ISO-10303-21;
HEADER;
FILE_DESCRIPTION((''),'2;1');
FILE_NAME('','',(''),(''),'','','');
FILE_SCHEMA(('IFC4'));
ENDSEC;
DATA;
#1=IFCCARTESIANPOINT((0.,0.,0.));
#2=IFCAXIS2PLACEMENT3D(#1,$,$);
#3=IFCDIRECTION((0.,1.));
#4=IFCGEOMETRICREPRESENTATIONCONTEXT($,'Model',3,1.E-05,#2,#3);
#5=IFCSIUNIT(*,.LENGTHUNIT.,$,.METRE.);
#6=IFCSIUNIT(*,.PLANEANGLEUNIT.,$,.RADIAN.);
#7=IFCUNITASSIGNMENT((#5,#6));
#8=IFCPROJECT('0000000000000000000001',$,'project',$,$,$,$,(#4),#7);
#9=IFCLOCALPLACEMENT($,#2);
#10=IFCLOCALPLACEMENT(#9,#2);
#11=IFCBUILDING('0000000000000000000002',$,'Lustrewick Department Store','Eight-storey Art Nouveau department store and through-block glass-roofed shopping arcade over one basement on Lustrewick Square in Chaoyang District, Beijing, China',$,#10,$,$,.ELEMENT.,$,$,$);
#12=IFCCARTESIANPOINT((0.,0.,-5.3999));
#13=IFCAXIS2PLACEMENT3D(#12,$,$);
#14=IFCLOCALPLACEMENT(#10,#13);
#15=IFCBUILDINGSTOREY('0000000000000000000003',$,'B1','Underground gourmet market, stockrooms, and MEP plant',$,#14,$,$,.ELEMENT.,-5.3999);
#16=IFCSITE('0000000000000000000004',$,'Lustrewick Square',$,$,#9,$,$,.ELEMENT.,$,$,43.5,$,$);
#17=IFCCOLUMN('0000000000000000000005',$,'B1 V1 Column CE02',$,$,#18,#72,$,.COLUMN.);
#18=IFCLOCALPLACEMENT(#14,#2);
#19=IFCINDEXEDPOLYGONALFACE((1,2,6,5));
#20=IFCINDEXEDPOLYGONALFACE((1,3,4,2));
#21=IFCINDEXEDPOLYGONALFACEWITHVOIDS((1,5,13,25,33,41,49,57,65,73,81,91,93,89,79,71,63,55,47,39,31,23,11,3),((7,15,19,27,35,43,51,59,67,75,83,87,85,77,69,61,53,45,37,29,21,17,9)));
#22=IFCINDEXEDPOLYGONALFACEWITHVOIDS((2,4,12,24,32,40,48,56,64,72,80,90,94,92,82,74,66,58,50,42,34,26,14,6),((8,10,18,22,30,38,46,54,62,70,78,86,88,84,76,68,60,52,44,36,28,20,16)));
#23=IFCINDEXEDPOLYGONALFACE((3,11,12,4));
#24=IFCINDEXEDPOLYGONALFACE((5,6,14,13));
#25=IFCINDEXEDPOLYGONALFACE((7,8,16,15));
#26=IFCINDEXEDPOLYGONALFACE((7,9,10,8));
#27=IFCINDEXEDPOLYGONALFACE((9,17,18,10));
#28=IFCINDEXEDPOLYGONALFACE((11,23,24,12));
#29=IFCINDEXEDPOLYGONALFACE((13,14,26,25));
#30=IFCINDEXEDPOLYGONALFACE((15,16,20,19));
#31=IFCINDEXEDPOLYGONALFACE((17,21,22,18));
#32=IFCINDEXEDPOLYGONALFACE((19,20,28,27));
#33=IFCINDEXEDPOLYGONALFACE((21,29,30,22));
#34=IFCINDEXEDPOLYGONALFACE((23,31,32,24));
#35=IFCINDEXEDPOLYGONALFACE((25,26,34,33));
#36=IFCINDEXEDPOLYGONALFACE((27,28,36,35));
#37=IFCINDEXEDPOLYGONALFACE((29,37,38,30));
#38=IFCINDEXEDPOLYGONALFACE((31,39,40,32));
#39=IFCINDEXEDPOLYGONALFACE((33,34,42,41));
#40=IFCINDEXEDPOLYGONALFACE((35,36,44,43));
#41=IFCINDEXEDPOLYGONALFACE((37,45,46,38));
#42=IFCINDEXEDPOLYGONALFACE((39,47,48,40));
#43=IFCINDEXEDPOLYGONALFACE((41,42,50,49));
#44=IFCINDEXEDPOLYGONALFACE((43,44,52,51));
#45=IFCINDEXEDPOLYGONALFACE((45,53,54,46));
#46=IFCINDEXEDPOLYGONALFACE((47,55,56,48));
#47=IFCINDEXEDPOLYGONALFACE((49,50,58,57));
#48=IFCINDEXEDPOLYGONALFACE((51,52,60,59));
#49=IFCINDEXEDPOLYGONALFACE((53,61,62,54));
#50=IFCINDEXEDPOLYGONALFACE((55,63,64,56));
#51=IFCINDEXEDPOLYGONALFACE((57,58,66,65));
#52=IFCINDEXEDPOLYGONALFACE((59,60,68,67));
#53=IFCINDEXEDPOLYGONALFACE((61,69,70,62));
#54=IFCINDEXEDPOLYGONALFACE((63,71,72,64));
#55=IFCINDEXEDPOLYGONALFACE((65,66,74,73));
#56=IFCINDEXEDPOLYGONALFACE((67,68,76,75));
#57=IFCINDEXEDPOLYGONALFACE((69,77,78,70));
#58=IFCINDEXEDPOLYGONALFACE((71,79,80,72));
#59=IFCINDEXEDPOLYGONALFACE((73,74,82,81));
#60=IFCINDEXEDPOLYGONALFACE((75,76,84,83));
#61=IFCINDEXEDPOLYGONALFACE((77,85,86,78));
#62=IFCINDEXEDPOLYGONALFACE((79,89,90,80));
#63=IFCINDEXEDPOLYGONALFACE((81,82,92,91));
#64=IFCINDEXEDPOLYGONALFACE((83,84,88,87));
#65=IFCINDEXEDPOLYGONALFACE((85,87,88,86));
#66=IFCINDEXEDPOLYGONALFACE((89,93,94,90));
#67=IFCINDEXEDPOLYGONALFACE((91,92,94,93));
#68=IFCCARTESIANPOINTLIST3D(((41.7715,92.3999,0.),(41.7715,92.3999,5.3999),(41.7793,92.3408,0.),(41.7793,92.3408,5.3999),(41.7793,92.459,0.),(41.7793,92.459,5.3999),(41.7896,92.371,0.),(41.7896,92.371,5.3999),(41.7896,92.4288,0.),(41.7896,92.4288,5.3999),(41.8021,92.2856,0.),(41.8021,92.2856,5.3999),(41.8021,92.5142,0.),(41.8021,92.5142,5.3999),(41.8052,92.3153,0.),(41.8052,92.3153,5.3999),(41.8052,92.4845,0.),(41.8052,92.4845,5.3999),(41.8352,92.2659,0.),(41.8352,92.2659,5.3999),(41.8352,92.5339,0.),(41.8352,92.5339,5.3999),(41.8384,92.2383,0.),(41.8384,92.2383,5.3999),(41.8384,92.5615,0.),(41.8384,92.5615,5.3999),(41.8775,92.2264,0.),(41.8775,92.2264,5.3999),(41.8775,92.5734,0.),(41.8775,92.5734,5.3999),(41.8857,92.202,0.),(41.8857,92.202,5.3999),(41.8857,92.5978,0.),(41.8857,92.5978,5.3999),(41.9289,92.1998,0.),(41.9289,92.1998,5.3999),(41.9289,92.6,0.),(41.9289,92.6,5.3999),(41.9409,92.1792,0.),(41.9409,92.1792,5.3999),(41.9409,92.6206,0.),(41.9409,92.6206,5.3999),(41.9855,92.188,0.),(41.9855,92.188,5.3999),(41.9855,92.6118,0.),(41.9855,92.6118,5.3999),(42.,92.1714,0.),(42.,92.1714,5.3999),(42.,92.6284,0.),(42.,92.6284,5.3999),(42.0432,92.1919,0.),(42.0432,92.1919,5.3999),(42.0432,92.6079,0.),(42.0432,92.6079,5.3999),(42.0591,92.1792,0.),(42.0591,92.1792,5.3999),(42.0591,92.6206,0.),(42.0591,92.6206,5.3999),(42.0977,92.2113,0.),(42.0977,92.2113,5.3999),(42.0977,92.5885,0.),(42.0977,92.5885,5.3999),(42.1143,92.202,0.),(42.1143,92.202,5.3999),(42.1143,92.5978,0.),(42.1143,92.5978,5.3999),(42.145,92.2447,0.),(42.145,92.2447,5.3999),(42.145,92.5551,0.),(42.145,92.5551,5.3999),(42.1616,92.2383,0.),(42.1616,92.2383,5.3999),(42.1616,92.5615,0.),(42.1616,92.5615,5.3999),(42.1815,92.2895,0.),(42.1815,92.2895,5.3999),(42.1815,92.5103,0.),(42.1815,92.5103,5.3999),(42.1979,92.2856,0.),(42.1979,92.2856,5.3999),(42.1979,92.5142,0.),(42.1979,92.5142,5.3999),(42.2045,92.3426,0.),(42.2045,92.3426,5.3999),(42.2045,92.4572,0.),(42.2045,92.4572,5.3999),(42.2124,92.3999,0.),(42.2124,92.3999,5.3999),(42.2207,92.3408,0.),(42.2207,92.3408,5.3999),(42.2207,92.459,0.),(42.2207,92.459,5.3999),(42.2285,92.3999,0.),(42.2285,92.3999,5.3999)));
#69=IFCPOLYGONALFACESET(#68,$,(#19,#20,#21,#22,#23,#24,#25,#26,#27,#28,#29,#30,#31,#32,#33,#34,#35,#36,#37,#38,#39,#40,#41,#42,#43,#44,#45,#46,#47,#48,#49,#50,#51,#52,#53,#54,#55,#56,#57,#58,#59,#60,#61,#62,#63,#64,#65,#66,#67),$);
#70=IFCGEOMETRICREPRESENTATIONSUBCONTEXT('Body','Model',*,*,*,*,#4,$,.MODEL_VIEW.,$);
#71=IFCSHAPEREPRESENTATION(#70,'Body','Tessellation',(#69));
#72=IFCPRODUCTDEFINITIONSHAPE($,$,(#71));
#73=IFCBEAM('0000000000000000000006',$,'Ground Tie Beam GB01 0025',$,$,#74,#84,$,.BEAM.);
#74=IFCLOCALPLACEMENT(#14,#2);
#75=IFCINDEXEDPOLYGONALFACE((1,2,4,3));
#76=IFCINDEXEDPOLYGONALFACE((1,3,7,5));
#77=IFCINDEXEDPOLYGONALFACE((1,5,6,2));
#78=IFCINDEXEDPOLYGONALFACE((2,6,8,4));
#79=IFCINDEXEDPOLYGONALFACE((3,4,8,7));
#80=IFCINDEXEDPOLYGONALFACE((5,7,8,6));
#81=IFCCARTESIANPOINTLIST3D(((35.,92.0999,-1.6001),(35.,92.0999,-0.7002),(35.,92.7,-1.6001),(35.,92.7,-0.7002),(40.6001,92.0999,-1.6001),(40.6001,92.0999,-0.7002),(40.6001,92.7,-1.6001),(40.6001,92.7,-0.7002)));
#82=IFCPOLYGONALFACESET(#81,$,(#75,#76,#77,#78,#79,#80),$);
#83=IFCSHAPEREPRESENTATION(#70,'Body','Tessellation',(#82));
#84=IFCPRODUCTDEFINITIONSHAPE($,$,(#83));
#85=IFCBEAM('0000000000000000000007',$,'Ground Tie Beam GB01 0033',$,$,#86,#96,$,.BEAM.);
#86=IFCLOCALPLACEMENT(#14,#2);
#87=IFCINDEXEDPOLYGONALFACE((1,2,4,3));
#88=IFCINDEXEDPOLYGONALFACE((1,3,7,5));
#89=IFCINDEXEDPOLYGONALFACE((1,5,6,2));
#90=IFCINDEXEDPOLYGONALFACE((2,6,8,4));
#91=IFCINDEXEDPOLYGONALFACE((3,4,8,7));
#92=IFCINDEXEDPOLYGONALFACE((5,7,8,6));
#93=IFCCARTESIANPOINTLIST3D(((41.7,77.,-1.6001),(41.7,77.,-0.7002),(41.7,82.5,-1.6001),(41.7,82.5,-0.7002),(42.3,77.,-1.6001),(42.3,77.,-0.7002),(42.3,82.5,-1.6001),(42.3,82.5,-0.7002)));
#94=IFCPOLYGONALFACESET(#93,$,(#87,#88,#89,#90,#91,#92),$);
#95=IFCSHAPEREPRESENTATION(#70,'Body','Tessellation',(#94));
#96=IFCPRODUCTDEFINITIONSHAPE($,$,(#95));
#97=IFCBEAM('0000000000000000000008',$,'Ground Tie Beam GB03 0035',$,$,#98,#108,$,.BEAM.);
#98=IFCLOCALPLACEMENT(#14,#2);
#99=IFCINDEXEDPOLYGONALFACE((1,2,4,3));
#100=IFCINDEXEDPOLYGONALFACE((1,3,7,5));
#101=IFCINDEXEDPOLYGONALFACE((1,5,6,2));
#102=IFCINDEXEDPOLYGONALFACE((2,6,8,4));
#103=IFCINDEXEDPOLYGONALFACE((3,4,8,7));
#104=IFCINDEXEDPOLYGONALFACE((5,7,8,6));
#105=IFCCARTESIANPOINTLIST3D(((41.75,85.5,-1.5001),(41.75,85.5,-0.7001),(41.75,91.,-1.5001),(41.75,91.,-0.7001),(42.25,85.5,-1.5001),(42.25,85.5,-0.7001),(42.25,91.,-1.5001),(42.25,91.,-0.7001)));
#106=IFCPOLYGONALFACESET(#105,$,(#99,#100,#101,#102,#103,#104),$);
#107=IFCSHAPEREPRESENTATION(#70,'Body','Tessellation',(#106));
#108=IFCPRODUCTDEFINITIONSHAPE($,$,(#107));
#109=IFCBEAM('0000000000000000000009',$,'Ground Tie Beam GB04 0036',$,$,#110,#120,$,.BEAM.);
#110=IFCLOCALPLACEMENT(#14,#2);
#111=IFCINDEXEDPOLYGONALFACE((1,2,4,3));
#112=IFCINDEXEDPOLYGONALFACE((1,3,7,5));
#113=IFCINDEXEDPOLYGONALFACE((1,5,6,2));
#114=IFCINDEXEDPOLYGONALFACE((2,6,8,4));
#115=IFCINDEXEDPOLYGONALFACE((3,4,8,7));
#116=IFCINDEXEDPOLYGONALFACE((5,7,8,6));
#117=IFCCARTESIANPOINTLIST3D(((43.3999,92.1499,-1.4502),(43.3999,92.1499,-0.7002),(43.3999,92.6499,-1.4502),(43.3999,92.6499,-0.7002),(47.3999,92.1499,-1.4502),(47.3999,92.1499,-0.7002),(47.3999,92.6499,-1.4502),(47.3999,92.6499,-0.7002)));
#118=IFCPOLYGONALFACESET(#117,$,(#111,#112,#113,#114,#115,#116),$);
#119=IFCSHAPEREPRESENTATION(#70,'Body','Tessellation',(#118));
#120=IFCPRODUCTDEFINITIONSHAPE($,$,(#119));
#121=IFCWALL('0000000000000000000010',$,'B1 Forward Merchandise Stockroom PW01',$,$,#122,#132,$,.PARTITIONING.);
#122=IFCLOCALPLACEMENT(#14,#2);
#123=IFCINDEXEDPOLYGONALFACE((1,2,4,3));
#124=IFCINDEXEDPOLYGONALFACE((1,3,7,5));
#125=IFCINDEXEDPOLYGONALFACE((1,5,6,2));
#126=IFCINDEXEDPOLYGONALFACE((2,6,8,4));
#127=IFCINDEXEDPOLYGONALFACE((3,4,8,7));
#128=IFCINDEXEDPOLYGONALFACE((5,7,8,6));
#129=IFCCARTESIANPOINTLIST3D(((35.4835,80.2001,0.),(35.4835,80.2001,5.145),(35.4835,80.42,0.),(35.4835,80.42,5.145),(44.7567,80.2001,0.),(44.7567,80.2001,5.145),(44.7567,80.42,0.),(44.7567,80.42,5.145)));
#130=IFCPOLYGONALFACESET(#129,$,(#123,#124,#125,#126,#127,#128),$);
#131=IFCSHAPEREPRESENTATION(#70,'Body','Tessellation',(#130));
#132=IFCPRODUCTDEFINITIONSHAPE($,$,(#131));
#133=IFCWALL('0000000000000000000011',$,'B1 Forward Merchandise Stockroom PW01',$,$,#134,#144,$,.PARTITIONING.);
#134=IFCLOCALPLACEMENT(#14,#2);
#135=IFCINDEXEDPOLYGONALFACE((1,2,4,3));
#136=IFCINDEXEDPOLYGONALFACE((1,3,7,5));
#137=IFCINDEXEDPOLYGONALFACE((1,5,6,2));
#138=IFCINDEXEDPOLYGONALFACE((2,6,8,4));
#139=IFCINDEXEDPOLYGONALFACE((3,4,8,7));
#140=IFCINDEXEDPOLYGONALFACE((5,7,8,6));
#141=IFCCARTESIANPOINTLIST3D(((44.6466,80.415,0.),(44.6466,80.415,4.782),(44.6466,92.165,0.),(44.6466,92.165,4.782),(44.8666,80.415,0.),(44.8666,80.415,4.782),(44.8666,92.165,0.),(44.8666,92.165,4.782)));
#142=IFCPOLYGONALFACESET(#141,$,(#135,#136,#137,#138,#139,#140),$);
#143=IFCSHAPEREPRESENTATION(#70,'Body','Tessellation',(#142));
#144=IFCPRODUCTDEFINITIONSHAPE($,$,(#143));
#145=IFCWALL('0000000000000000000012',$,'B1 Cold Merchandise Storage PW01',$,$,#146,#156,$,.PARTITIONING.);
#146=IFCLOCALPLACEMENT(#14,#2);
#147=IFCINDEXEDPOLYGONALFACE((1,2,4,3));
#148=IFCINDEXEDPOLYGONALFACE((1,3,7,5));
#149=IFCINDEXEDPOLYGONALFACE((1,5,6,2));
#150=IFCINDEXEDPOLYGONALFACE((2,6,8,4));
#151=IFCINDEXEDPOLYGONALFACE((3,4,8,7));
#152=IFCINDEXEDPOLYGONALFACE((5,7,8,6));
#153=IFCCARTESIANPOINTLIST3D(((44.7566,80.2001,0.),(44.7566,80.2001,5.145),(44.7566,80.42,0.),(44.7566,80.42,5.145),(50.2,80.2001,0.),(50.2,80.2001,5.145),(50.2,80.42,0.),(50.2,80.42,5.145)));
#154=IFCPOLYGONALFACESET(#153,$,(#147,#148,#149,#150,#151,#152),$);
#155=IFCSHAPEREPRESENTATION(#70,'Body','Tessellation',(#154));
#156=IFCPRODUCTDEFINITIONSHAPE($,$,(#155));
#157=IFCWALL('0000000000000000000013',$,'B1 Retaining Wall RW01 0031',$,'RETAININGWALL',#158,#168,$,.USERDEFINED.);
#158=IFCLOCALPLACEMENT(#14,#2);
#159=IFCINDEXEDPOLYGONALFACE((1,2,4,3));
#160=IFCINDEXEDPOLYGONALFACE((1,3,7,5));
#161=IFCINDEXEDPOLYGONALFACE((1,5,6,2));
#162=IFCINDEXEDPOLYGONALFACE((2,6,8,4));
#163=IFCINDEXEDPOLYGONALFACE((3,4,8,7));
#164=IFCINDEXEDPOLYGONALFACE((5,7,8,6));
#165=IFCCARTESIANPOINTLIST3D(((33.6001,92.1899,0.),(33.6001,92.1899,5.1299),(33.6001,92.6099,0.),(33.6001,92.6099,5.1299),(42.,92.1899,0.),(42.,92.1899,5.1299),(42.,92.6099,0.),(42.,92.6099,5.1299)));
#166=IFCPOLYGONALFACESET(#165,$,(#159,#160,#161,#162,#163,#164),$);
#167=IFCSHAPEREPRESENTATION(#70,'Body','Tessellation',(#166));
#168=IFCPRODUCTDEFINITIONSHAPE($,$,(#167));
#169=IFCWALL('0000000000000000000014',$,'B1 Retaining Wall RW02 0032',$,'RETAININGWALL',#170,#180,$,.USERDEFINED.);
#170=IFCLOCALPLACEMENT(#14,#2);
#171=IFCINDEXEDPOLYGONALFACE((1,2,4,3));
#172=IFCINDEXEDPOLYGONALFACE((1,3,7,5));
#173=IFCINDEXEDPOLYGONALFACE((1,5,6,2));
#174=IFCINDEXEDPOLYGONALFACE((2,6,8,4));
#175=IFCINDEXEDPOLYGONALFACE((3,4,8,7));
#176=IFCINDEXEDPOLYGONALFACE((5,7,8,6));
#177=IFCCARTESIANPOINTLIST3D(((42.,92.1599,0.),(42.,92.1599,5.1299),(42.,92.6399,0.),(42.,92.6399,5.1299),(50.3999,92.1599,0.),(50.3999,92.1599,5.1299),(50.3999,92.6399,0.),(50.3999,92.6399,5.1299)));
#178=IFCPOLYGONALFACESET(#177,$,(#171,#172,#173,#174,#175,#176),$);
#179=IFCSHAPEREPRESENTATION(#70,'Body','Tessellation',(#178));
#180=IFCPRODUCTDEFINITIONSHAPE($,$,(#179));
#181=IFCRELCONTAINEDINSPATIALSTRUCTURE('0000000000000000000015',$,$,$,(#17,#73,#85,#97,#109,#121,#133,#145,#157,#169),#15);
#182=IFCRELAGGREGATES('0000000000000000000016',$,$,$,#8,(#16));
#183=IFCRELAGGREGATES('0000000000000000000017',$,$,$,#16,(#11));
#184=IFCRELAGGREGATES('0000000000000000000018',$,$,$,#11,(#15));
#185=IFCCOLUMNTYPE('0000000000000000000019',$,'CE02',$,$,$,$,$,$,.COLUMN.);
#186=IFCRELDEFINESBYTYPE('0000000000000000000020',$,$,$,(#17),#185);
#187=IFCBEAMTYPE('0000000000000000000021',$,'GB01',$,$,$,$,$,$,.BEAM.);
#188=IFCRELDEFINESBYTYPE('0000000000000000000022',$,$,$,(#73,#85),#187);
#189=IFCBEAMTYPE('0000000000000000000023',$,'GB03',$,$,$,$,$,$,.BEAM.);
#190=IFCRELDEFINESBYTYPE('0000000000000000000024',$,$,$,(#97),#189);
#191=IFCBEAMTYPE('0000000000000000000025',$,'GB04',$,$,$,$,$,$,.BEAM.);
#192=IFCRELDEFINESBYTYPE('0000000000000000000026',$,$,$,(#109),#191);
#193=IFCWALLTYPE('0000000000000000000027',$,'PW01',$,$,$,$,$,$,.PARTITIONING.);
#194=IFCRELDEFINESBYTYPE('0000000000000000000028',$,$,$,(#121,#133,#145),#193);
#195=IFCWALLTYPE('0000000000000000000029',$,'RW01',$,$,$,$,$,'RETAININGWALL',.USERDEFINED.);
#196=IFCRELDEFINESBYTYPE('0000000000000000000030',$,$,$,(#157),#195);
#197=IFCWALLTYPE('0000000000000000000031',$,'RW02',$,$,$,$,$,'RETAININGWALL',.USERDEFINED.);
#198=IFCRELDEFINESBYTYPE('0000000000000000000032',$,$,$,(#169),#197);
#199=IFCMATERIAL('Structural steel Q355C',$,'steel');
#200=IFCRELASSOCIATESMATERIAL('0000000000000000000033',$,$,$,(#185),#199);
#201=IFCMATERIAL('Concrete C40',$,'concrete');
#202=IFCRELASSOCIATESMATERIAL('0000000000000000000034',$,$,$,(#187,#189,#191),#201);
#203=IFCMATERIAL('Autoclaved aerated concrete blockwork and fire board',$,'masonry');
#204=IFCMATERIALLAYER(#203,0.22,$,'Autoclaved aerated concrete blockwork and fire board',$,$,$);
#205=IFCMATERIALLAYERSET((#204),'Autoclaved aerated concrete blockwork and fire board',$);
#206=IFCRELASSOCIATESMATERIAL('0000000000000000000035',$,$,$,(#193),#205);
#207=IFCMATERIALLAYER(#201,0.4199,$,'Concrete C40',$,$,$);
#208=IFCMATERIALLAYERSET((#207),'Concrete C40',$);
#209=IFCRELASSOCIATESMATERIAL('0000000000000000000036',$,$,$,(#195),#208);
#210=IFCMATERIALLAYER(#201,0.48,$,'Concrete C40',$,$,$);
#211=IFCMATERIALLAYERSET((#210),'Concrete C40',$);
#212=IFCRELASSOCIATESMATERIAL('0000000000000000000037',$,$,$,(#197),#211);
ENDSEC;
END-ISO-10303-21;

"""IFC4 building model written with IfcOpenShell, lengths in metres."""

from ifc_helpers import new_model, si_unit, direction, frame, frame_2d, origin, origin_2d, place, context, subcontext, project, spatial, rectangle, hollow_circle, extrude, material, layer, layer_set, material_profile, profile_set, type_object, element, save


model = new_model("IFC4")

# Units and contexts
model_context = context("Model", 3, precision=1e-05, world=origin(), true_north=direction((0.0, 1.0)))
body_context = subcontext(model_context, "Body", "Model", "MODEL_VIEW")
ifc_project = project(units=[si_unit("LENGTHUNIT", "METRE"), si_unit("PLANEANGLEUNIT", "RADIAN")], contexts=[model_context])

# Site, building, storey
site_placement = place(None, origin())
site = spatial("IfcSite", under=ifc_project, at=site_placement, Name="Lustrewick Square", CompositionType="ELEMENT", RefElevation=43.5)
building_placement = place(site_placement, origin())
building = spatial("IfcBuilding", under=site, at=building_placement, Name="Lustrewick Department Store", Description="Eight-storey Art Nouveau department store and through-block glass-roofed shopping arcade over one basement on Lustrewick Square in Chaoyang District, Beijing, China", CompositionType="ELEMENT")
storey_placement = place(building_placement, frame((0.0, 0.0, -5.3999)))
storey = spatial("IfcBuildingStorey", under=building, at=storey_placement, Name="B1", Description="Underground gourmet market, stockrooms, and MEP plant", CompositionType="ELEMENT", Elevation=-5.3999)

# Shared definitions
ifc_material_1 = material(Name="Concrete C40", Category="concrete")

# Column
ifc_material_2 = material(Name="Structural steel Q355C", Category="steel")
ifc_material_profile_1 = material_profile(ifc_material_2, hollow_circle(Radius=0.2285, WallThickness=0.0161, at=origin_2d()), Name="CHS 457x16")
ifc_profile_set_1 = profile_set([ifc_material_profile_1], Name="Structural steel Q355C")
column_type_1 = type_object("IfcColumnType", Name="CE02", PredefinedType="COLUMN", material=ifc_profile_set_1)
for number, where, z_axis, x_axis, name in (
    (1, (42.0, 92.3999, 0.0), (0.0, 0.0, 1.0), (1.0, 0.0, 0.0), "B1 V1 Column CE02"),
):
    element("IfcColumn", number, at=place(storey_placement, frame(where, z_axis=z_axis, x_axis=x_axis)), inside=storey, type_object=column_type_1, Name=name, PredefinedType="COLUMN", context=body_context, shape_type="SweptSolid", body=[
        extrude(hollow_circle(Radius=0.2285, WallThickness=0.0161, at=origin_2d()), origin(), (0.0, 0.0, 1.0), 5.3999),
    ])

# Beams
ifc_material_profile_2 = material_profile(ifc_material_1, rectangle(XDim=0.6001, YDim=0.8999, at=origin_2d()), Name="RC 600x900")
ifc_profile_set_2 = profile_set([ifc_material_profile_2], Name="Concrete C40")
beam_type_1 = type_object("IfcBeamType", Name="GB01", PredefinedType="BEAM", material=ifc_profile_set_2)
beam_1_placement = place(storey_placement, frame((35.0, 92.3999, -1.1501), z_axis=(1.0, 0.0, 0.0), x_axis=(0.0, 1.0, 0.0)))
element("IfcBeam", 2, at=beam_1_placement, inside=storey, type_object=beam_type_1, Name="Ground Tie Beam GB01 0025", PredefinedType="BEAM", context=body_context, shape_type="SweptSolid", body=[
    extrude(rectangle(XDim=0.6001, YDim=0.8999, at=origin_2d()), origin(), (0.0, 0.0, 1.0), 5.6001),
])
beam_2_placement = place(storey_placement, frame((42.0, 77.0, -1.1501), z_axis=(0.0, 1.0, 0.0), x_axis=(-1.0, 0.0, 0.0)))
element("IfcBeam", 3, at=beam_2_placement, inside=storey, type_object=beam_type_1, Name="Ground Tie Beam GB01 0033", PredefinedType="BEAM", context=body_context, shape_type="SweptSolid", body=[
    extrude(rectangle(XDim=0.6001, YDim=0.8999, at=origin_2d()), origin(), (0.0, 0.0, 1.0), 5.5),
])
ifc_material_profile_3 = material_profile(ifc_material_1, rectangle(XDim=0.5, YDim=0.8, at=origin_2d()), Name="RC 500x800")
ifc_profile_set_3 = profile_set([ifc_material_profile_3], Name="Concrete C40")
beam_type_2 = type_object("IfcBeamType", Name="GB03", PredefinedType="BEAM", material=ifc_profile_set_3)
beam_3_placement = place(storey_placement, frame((42.0, 85.5, -1.1001), z_axis=(0.0, 1.0, 0.0), x_axis=(-1.0, 0.0, 0.0)))
element("IfcBeam", 4, at=beam_3_placement, inside=storey, type_object=beam_type_2, Name="Ground Tie Beam GB03 0035", PredefinedType="BEAM", context=body_context, shape_type="SweptSolid", body=[
    extrude(rectangle(XDim=0.5, YDim=0.8, at=origin_2d()), origin(), (0.0, 0.0, 1.0), 5.5),
])
ifc_material_profile_4 = material_profile(ifc_material_1, rectangle(XDim=0.5, YDim=0.75, at=origin_2d()), Name="RC 500x750")
ifc_profile_set_4 = profile_set([ifc_material_profile_4], Name="Concrete C40")
beam_type_3 = type_object("IfcBeamType", Name="GB04", PredefinedType="BEAM", material=ifc_profile_set_4)
beam_4_placement = place(storey_placement, frame((43.3999, 92.3999, -1.0752), z_axis=(1.0, 0.0, 0.0), x_axis=(0.0, 1.0, 0.0)))
element("IfcBeam", 5, at=beam_4_placement, inside=storey, type_object=beam_type_3, Name="Ground Tie Beam GB04 0036", PredefinedType="BEAM", context=body_context, shape_type="SweptSolid", body=[
    extrude(rectangle(XDim=0.5, YDim=0.75, at=origin_2d()), origin(), (0.0, 0.0, 1.0), 4.0),
])

# Walls
ifc_material_3 = material(Name="Autoclaved aerated concrete blockwork and fire board", Category="masonry")
ifc_layer_1 = layer(ifc_material_3, 0.22, Name="Autoclaved aerated concrete blockwork and fire board")
ifc_layer_set_1 = layer_set([ifc_layer_1], Name="Autoclaved aerated concrete blockwork and fire board")
wall_type_1 = type_object("IfcWallType", Name="PW01", PredefinedType="PARTITIONING", material=ifc_layer_set_1)
wall_1_placement = place(storey_placement, frame((35.4834, 80.3101, 0.0), z_axis=(0.0, 0.0, 1.0), x_axis=(1.0, 0.0, 0.0)))
element("IfcWall", 6, at=wall_1_placement, inside=storey, type_object=wall_type_1, Name="B1 Forward Merchandise Stockroom PW01", PredefinedType="PARTITIONING", context=body_context, shape_type="SweptSolid", body=[
    extrude(rectangle(XDim=9.2732, YDim=0.22, at=frame_2d((4.6367, 0.0))), origin(), (0.0, 0.0, 1.0), 5.145),
])
wall_2_placement = place(storey_placement, frame((44.7566, 80.415, 0.0), z_axis=(0.0, 0.0, 1.0), x_axis=(0.0, 1.0, 0.0)))
element("IfcWall", 7, at=wall_2_placement, inside=storey, type_object=wall_type_1, Name="B1 Forward Merchandise Stockroom PW01", PredefinedType="PARTITIONING", context=body_context, shape_type="SweptSolid", body=[
    extrude(rectangle(XDim=11.75, YDim=0.22, at=frame_2d((5.875, 0.0))), origin(), (0.0, 0.0, 1.0), 4.782),
])
wall_3_placement = place(storey_placement, frame((44.7566, 80.3101, 0.0), z_axis=(0.0, 0.0, 1.0), x_axis=(1.0, 0.0, 0.0)))
element("IfcWall", 8, at=wall_3_placement, inside=storey, type_object=wall_type_1, Name="B1 Cold Merchandise Storage PW01", PredefinedType="PARTITIONING", context=body_context, shape_type="SweptSolid", body=[
    extrude(rectangle(XDim=5.4434, YDim=0.22, at=frame_2d((2.7217, 0.0))), origin(), (0.0, 0.0, 1.0), 5.145),
])
ifc_layer_2 = layer(ifc_material_1, 0.4199, Name="Concrete C40")
ifc_layer_set_2 = layer_set([ifc_layer_2], Name="Concrete C40")
wall_type_2 = type_object("IfcWallType", Name="RW01", ElementType="RETAININGWALL", PredefinedType="USERDEFINED", material=ifc_layer_set_2)
wall_4_placement = place(storey_placement, frame((33.6001, 92.3999, 0.0), z_axis=(0.0, 0.0, 1.0), x_axis=(1.0, 0.0, 0.0)))
element("IfcWall", 9, at=wall_4_placement, inside=storey, type_object=wall_type_2, Name="B1 Retaining Wall RW01 0031", ObjectType="RETAININGWALL", PredefinedType="USERDEFINED", context=body_context, shape_type="SweptSolid", body=[
    extrude(rectangle(XDim=8.3999, YDim=0.4199, at=frame_2d((4.2, 0.0))), origin(), (0.0, 0.0, 1.0), 5.1299),
])
ifc_layer_3 = layer(ifc_material_1, 0.48, Name="Concrete C40")
ifc_layer_set_3 = layer_set([ifc_layer_3], Name="Concrete C40")
wall_type_3 = type_object("IfcWallType", Name="RW02", ElementType="RETAININGWALL", PredefinedType="USERDEFINED", material=ifc_layer_set_3)
wall_5_placement = place(storey_placement, frame((42.0, 92.3999, 0.0), z_axis=(0.0, 0.0, 1.0), x_axis=(1.0, 0.0, 0.0)))
element("IfcWall", 10, at=wall_5_placement, inside=storey, type_object=wall_type_3, Name="B1 Retaining Wall RW02 0032", ObjectType="RETAININGWALL", PredefinedType="USERDEFINED", context=body_context, shape_type="SweptSolid", body=[
    extrude(rectangle(XDim=8.3999, YDim=0.48, at=frame_2d((4.2, 0.0))), origin(), (0.0, 0.0, 1.0), 5.1299),
])

save(model, "model.ifc")
